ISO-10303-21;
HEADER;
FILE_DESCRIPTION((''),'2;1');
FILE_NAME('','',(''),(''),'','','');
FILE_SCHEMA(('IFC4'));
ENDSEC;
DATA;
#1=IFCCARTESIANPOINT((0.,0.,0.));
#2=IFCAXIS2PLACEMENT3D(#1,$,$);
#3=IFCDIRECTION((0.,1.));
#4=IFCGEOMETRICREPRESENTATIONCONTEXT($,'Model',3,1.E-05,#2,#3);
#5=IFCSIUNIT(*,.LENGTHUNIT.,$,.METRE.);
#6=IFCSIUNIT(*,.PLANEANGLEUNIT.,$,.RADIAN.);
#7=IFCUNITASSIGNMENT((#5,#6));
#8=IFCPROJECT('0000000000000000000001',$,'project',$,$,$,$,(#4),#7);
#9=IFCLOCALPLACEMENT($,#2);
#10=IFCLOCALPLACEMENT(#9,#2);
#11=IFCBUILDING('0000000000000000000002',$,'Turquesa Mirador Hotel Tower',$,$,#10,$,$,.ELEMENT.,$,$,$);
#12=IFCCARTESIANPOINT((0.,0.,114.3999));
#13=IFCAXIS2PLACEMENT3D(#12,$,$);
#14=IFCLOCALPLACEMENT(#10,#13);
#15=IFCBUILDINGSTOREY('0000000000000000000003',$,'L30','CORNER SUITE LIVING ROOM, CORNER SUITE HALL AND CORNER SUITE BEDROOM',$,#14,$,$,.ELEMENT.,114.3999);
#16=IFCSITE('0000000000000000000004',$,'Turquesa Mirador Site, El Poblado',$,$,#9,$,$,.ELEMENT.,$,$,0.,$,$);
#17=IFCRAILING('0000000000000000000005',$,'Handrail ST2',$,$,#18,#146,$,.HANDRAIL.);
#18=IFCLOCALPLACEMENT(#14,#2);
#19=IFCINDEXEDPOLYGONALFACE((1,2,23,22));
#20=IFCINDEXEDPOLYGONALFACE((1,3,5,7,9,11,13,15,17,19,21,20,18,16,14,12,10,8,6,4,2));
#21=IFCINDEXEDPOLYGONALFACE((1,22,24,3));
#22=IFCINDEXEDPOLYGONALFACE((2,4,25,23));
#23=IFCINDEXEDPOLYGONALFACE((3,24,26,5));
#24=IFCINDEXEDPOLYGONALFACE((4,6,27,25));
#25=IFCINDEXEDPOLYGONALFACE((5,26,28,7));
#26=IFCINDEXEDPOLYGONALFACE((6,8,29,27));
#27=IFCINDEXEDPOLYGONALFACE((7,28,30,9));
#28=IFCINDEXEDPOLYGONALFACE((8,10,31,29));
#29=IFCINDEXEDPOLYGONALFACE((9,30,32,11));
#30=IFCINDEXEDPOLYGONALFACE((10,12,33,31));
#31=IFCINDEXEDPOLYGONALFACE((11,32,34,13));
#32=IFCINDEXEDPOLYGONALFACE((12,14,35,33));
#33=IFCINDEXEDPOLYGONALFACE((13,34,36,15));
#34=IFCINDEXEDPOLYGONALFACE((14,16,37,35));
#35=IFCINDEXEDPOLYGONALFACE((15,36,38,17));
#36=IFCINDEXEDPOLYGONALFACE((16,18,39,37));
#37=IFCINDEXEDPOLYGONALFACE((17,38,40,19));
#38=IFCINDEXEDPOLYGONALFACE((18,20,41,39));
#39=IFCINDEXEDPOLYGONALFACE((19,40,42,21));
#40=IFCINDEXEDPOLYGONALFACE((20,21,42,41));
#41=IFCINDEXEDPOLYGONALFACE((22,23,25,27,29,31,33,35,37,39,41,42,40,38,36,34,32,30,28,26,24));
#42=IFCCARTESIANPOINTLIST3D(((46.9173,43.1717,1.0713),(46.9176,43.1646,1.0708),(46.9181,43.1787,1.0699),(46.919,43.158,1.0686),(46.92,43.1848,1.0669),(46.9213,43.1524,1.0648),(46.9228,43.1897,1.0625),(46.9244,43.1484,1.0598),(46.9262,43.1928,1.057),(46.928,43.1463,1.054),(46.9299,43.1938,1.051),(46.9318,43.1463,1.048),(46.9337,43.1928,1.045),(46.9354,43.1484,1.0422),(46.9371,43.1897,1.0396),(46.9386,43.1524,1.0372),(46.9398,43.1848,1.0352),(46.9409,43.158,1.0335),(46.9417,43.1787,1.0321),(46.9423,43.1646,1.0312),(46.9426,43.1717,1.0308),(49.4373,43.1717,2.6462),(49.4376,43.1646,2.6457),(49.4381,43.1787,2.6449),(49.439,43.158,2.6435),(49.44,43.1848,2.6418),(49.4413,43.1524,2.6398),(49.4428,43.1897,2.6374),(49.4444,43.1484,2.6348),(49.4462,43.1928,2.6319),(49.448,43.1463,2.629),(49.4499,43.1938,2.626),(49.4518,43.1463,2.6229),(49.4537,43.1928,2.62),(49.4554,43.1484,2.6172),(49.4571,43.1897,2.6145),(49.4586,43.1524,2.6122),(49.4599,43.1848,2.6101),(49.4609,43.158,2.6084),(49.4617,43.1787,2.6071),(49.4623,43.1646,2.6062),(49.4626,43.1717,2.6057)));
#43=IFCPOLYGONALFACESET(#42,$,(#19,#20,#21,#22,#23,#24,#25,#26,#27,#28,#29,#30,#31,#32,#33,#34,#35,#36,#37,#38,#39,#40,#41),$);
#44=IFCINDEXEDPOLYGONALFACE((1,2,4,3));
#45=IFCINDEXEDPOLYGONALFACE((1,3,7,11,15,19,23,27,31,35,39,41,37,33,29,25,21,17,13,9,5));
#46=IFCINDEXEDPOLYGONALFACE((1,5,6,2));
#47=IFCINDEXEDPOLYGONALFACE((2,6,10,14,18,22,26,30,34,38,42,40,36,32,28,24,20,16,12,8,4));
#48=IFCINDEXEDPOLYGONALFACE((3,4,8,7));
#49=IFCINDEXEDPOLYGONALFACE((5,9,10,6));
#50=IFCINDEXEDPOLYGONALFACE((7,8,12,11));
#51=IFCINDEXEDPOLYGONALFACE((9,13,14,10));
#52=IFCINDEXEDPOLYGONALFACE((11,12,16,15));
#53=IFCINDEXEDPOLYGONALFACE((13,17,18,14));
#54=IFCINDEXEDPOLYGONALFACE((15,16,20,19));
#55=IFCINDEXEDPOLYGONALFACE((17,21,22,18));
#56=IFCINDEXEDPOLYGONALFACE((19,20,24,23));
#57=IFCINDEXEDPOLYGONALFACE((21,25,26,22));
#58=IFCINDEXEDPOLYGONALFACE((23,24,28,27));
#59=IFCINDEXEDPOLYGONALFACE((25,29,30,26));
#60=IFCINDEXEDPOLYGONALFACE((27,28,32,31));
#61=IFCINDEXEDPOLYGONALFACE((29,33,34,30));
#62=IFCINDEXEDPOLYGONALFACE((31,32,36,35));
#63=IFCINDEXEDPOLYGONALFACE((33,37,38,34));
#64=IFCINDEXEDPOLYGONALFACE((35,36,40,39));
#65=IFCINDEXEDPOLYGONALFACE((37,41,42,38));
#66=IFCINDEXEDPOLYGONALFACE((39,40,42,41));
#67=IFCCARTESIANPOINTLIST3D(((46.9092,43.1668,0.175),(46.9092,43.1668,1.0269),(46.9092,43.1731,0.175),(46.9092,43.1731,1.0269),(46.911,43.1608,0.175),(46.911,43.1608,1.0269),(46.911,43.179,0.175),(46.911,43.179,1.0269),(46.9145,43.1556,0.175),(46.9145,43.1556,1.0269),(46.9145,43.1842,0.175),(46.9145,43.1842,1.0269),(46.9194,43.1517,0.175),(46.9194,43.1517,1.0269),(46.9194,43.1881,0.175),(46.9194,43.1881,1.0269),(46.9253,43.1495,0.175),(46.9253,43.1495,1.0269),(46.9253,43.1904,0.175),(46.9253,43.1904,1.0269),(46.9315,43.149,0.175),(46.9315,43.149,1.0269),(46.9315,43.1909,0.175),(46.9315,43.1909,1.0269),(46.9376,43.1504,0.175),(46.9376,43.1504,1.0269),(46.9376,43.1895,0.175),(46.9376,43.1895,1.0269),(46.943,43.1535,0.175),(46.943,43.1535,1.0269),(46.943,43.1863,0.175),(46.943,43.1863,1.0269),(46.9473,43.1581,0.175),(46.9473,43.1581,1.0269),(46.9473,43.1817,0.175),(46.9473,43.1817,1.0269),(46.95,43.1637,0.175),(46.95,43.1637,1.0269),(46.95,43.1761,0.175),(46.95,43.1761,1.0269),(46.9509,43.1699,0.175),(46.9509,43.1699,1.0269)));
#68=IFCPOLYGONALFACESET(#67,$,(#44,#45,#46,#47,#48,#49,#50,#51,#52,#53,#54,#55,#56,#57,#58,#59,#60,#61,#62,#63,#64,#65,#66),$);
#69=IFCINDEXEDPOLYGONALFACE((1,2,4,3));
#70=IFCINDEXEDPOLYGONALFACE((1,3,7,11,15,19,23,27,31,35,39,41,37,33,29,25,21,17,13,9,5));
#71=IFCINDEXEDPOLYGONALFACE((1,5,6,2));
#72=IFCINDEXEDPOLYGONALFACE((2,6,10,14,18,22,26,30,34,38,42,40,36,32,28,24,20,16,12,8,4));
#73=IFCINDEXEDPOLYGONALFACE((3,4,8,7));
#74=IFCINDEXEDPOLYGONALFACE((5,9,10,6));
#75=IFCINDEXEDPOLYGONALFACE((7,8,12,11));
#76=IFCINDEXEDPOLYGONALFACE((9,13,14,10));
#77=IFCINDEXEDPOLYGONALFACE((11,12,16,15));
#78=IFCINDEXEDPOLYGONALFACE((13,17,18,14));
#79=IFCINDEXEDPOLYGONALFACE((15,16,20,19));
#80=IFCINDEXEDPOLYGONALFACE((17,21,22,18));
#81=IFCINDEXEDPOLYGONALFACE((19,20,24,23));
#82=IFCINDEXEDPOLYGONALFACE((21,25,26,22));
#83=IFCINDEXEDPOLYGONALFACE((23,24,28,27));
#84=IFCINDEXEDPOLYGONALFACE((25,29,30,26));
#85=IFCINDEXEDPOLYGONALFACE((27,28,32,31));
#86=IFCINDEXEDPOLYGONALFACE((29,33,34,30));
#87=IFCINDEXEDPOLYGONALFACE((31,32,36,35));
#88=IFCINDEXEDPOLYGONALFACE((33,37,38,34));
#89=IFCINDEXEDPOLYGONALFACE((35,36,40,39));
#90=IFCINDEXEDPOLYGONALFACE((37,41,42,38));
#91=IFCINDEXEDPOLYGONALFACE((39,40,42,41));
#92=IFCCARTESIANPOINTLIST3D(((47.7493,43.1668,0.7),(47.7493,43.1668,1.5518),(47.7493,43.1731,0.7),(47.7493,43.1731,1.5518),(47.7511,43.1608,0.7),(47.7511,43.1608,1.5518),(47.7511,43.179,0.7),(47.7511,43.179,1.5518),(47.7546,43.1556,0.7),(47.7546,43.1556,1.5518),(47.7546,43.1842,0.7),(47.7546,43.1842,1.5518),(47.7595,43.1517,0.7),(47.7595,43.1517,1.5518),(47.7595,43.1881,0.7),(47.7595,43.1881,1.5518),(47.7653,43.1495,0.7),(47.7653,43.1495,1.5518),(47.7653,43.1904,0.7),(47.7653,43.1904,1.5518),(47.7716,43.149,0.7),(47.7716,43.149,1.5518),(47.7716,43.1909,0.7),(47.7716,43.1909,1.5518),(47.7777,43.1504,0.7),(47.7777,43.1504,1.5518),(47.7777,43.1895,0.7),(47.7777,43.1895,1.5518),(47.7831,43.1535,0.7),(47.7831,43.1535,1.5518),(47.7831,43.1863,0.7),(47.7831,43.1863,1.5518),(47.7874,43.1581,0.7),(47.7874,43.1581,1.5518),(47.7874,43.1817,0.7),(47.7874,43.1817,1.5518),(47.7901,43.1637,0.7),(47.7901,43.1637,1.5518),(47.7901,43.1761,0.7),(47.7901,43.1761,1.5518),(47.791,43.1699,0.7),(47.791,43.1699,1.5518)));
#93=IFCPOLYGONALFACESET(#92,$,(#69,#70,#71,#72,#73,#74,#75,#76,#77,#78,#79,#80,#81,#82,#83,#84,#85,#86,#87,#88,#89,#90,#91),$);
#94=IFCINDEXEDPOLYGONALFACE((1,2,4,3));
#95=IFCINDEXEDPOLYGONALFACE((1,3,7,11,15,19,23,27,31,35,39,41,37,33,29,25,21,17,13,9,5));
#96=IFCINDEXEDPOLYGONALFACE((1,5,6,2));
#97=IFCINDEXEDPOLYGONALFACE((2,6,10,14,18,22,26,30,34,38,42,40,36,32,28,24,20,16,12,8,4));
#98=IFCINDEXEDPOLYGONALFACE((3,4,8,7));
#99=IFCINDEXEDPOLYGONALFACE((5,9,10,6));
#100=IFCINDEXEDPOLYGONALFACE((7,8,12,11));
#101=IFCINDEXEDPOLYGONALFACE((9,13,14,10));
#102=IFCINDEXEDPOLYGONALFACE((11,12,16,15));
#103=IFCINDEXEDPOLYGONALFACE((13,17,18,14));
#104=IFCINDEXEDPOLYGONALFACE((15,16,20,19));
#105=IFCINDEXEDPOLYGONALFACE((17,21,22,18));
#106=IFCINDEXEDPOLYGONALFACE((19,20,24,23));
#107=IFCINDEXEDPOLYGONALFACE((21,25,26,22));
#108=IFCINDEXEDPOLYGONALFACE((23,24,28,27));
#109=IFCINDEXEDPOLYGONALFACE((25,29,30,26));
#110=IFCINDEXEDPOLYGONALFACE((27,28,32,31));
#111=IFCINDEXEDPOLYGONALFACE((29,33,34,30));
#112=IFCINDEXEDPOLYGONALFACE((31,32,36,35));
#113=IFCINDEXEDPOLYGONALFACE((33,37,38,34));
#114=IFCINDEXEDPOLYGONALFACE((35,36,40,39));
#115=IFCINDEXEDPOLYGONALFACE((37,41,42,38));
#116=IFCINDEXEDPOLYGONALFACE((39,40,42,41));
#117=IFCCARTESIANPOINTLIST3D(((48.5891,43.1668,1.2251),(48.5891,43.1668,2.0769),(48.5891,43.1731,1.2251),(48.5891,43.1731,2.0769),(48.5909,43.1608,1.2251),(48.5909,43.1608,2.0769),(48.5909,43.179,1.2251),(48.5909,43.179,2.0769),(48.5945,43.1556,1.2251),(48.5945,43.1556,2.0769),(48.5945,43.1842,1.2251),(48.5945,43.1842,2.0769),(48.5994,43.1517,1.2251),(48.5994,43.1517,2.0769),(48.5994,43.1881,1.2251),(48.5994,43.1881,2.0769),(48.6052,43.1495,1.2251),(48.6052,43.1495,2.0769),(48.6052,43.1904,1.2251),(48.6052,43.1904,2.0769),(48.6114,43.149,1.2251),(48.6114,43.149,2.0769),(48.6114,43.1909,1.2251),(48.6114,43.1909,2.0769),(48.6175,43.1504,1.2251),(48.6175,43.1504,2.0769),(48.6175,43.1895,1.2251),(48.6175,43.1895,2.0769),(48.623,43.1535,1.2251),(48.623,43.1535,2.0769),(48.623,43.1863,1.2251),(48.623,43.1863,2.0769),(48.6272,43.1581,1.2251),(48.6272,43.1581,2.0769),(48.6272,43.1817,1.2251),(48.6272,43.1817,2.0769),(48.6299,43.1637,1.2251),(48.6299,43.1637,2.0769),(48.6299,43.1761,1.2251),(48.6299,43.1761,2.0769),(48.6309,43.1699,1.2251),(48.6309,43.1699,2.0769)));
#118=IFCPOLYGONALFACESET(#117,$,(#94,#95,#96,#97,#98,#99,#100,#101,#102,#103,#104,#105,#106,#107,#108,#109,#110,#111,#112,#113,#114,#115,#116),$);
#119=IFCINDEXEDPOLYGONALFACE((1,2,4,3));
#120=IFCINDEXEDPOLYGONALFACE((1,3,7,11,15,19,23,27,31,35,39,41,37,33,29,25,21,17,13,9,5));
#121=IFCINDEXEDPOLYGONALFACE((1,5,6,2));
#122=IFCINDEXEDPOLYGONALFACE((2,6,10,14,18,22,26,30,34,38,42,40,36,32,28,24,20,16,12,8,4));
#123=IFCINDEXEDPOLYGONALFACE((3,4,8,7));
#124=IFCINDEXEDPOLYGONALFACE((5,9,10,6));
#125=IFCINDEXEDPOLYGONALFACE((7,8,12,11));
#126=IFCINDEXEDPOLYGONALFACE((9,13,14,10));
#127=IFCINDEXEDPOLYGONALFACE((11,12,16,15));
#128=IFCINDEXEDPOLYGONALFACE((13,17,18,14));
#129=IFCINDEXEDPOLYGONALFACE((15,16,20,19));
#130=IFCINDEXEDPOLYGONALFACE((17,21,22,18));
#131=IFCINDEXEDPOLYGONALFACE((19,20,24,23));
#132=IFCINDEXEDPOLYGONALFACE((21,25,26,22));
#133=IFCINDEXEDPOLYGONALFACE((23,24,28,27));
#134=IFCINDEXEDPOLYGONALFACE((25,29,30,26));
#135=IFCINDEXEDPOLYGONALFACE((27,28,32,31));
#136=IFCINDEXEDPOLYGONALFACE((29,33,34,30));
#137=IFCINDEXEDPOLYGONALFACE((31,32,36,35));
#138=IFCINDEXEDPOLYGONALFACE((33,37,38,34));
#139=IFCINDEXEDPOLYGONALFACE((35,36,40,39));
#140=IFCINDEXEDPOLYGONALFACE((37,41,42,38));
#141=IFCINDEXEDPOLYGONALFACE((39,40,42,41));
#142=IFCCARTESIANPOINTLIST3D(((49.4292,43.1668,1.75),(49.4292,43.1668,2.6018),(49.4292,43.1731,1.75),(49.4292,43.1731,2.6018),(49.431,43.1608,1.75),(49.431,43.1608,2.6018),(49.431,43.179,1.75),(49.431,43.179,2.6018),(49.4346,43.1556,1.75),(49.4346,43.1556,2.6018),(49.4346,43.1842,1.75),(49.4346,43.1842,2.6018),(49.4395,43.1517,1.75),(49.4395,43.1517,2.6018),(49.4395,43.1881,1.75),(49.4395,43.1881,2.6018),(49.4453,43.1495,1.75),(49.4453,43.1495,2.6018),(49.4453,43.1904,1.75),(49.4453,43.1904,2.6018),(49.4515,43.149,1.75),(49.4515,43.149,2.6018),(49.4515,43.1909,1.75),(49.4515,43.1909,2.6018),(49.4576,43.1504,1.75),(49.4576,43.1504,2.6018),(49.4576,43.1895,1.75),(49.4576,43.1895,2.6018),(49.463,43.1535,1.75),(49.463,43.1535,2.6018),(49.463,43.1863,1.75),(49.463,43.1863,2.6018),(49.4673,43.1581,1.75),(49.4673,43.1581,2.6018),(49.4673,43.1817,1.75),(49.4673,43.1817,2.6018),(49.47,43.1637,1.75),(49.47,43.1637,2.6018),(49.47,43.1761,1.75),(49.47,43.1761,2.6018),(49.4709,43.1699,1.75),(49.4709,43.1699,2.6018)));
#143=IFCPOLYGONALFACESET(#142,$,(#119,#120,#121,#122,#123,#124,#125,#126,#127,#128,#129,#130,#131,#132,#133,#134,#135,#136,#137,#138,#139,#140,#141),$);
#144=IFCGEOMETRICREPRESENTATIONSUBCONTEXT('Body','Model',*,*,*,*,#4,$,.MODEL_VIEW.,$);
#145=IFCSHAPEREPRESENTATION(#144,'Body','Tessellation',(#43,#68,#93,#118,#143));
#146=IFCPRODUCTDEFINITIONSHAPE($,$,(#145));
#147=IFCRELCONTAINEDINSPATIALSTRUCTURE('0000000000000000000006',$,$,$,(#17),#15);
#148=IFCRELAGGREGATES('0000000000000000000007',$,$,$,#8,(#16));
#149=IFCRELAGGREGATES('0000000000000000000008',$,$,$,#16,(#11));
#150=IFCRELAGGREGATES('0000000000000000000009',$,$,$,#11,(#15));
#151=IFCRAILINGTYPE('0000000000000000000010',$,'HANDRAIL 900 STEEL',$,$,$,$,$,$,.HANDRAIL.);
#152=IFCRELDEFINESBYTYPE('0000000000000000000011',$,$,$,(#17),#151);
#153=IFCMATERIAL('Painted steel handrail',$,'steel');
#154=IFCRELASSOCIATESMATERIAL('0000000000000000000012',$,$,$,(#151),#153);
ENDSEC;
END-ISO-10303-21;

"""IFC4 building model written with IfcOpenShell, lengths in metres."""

from ifc_helpers import new_model, si_unit, direction, frame, origin, origin_2d, place, context, subcontext, project, spatial, circle, extrude, material, type_object, element, save


model = new_model("IFC4")

# Units and contexts
model_context = context("Model", 3, precision=1e-05, world=origin(), true_north=direction((0.0, 1.0)))
body_context = subcontext(model_context, "Body", "Model", "MODEL_VIEW")
ifc_project = project(units=[si_unit("LENGTHUNIT", "METRE"), si_unit("PLANEANGLEUNIT", "RADIAN")], contexts=[model_context])

# Site, building, storey
site_placement = place(None, origin())
site = spatial("IfcSite", under=ifc_project, at=site_placement, Name="Turquesa Mirador Site, El Poblado", CompositionType="ELEMENT", RefElevation=0.0)
building_placement = place(site_placement, origin())
building = spatial("IfcBuilding", under=site, at=building_placement, Name="Turquesa Mirador Hotel Tower", CompositionType="ELEMENT")
storey_placement = place(building_placement, frame((0.0, 0.0, 114.3999)))
storey = spatial("IfcBuildingStorey", under=building, at=storey_placement, Name="L30", Description="CORNER SUITE LIVING ROOM, CORNER SUITE HALL AND CORNER SUITE BEDROOM", CompositionType="ELEMENT", Elevation=114.3999)

# Railing
ifc_material_1 = material(Name="Painted steel handrail", Category="steel")
railing_type = type_object("IfcRailingType", Name="HANDRAIL 900 STEEL", PredefinedType="HANDRAIL", material=ifc_material_1)
railing_1_placement = place(storey_placement, frame((46.9299, 43.1699, 0.175)))
element("IfcRailing", 1, at=railing_1_placement, inside=storey, type_object=railing_type, Name="Handrail ST2", PredefinedType="HANDRAIL", context=body_context, shape_type="SweptSolid", body=[
    extrude(circle(Radius=0.0239, at=origin_2d()), frame((0.0, 0.0, 0.876), z_axis=(0.848008, 0.0, 0.529984), x_axis=(0.0, 1.0, 0.0)), (0.0, 0.0, 1.0), 2.9717),
    extrude(circle(Radius=0.021, at=origin_2d()), origin(), (0.0, 0.0, 1.0), 0.8518),
    extrude(circle(Radius=0.021, at=origin_2d()), frame((0.8401, 0.0, 0.5249)), (0.0, 0.0, 1.0), 0.8518),
    extrude(circle(Radius=0.021, at=origin_2d()), frame((1.6799, 0.0, 1.05)), (0.0, 0.0, 1.0), 0.8518),
    extrude(circle(Radius=0.021, at=origin_2d()), frame((2.52, 0.0, 1.575)), (0.0, 0.0, 1.0), 0.8518),
])

save(model, "model.ifc")
